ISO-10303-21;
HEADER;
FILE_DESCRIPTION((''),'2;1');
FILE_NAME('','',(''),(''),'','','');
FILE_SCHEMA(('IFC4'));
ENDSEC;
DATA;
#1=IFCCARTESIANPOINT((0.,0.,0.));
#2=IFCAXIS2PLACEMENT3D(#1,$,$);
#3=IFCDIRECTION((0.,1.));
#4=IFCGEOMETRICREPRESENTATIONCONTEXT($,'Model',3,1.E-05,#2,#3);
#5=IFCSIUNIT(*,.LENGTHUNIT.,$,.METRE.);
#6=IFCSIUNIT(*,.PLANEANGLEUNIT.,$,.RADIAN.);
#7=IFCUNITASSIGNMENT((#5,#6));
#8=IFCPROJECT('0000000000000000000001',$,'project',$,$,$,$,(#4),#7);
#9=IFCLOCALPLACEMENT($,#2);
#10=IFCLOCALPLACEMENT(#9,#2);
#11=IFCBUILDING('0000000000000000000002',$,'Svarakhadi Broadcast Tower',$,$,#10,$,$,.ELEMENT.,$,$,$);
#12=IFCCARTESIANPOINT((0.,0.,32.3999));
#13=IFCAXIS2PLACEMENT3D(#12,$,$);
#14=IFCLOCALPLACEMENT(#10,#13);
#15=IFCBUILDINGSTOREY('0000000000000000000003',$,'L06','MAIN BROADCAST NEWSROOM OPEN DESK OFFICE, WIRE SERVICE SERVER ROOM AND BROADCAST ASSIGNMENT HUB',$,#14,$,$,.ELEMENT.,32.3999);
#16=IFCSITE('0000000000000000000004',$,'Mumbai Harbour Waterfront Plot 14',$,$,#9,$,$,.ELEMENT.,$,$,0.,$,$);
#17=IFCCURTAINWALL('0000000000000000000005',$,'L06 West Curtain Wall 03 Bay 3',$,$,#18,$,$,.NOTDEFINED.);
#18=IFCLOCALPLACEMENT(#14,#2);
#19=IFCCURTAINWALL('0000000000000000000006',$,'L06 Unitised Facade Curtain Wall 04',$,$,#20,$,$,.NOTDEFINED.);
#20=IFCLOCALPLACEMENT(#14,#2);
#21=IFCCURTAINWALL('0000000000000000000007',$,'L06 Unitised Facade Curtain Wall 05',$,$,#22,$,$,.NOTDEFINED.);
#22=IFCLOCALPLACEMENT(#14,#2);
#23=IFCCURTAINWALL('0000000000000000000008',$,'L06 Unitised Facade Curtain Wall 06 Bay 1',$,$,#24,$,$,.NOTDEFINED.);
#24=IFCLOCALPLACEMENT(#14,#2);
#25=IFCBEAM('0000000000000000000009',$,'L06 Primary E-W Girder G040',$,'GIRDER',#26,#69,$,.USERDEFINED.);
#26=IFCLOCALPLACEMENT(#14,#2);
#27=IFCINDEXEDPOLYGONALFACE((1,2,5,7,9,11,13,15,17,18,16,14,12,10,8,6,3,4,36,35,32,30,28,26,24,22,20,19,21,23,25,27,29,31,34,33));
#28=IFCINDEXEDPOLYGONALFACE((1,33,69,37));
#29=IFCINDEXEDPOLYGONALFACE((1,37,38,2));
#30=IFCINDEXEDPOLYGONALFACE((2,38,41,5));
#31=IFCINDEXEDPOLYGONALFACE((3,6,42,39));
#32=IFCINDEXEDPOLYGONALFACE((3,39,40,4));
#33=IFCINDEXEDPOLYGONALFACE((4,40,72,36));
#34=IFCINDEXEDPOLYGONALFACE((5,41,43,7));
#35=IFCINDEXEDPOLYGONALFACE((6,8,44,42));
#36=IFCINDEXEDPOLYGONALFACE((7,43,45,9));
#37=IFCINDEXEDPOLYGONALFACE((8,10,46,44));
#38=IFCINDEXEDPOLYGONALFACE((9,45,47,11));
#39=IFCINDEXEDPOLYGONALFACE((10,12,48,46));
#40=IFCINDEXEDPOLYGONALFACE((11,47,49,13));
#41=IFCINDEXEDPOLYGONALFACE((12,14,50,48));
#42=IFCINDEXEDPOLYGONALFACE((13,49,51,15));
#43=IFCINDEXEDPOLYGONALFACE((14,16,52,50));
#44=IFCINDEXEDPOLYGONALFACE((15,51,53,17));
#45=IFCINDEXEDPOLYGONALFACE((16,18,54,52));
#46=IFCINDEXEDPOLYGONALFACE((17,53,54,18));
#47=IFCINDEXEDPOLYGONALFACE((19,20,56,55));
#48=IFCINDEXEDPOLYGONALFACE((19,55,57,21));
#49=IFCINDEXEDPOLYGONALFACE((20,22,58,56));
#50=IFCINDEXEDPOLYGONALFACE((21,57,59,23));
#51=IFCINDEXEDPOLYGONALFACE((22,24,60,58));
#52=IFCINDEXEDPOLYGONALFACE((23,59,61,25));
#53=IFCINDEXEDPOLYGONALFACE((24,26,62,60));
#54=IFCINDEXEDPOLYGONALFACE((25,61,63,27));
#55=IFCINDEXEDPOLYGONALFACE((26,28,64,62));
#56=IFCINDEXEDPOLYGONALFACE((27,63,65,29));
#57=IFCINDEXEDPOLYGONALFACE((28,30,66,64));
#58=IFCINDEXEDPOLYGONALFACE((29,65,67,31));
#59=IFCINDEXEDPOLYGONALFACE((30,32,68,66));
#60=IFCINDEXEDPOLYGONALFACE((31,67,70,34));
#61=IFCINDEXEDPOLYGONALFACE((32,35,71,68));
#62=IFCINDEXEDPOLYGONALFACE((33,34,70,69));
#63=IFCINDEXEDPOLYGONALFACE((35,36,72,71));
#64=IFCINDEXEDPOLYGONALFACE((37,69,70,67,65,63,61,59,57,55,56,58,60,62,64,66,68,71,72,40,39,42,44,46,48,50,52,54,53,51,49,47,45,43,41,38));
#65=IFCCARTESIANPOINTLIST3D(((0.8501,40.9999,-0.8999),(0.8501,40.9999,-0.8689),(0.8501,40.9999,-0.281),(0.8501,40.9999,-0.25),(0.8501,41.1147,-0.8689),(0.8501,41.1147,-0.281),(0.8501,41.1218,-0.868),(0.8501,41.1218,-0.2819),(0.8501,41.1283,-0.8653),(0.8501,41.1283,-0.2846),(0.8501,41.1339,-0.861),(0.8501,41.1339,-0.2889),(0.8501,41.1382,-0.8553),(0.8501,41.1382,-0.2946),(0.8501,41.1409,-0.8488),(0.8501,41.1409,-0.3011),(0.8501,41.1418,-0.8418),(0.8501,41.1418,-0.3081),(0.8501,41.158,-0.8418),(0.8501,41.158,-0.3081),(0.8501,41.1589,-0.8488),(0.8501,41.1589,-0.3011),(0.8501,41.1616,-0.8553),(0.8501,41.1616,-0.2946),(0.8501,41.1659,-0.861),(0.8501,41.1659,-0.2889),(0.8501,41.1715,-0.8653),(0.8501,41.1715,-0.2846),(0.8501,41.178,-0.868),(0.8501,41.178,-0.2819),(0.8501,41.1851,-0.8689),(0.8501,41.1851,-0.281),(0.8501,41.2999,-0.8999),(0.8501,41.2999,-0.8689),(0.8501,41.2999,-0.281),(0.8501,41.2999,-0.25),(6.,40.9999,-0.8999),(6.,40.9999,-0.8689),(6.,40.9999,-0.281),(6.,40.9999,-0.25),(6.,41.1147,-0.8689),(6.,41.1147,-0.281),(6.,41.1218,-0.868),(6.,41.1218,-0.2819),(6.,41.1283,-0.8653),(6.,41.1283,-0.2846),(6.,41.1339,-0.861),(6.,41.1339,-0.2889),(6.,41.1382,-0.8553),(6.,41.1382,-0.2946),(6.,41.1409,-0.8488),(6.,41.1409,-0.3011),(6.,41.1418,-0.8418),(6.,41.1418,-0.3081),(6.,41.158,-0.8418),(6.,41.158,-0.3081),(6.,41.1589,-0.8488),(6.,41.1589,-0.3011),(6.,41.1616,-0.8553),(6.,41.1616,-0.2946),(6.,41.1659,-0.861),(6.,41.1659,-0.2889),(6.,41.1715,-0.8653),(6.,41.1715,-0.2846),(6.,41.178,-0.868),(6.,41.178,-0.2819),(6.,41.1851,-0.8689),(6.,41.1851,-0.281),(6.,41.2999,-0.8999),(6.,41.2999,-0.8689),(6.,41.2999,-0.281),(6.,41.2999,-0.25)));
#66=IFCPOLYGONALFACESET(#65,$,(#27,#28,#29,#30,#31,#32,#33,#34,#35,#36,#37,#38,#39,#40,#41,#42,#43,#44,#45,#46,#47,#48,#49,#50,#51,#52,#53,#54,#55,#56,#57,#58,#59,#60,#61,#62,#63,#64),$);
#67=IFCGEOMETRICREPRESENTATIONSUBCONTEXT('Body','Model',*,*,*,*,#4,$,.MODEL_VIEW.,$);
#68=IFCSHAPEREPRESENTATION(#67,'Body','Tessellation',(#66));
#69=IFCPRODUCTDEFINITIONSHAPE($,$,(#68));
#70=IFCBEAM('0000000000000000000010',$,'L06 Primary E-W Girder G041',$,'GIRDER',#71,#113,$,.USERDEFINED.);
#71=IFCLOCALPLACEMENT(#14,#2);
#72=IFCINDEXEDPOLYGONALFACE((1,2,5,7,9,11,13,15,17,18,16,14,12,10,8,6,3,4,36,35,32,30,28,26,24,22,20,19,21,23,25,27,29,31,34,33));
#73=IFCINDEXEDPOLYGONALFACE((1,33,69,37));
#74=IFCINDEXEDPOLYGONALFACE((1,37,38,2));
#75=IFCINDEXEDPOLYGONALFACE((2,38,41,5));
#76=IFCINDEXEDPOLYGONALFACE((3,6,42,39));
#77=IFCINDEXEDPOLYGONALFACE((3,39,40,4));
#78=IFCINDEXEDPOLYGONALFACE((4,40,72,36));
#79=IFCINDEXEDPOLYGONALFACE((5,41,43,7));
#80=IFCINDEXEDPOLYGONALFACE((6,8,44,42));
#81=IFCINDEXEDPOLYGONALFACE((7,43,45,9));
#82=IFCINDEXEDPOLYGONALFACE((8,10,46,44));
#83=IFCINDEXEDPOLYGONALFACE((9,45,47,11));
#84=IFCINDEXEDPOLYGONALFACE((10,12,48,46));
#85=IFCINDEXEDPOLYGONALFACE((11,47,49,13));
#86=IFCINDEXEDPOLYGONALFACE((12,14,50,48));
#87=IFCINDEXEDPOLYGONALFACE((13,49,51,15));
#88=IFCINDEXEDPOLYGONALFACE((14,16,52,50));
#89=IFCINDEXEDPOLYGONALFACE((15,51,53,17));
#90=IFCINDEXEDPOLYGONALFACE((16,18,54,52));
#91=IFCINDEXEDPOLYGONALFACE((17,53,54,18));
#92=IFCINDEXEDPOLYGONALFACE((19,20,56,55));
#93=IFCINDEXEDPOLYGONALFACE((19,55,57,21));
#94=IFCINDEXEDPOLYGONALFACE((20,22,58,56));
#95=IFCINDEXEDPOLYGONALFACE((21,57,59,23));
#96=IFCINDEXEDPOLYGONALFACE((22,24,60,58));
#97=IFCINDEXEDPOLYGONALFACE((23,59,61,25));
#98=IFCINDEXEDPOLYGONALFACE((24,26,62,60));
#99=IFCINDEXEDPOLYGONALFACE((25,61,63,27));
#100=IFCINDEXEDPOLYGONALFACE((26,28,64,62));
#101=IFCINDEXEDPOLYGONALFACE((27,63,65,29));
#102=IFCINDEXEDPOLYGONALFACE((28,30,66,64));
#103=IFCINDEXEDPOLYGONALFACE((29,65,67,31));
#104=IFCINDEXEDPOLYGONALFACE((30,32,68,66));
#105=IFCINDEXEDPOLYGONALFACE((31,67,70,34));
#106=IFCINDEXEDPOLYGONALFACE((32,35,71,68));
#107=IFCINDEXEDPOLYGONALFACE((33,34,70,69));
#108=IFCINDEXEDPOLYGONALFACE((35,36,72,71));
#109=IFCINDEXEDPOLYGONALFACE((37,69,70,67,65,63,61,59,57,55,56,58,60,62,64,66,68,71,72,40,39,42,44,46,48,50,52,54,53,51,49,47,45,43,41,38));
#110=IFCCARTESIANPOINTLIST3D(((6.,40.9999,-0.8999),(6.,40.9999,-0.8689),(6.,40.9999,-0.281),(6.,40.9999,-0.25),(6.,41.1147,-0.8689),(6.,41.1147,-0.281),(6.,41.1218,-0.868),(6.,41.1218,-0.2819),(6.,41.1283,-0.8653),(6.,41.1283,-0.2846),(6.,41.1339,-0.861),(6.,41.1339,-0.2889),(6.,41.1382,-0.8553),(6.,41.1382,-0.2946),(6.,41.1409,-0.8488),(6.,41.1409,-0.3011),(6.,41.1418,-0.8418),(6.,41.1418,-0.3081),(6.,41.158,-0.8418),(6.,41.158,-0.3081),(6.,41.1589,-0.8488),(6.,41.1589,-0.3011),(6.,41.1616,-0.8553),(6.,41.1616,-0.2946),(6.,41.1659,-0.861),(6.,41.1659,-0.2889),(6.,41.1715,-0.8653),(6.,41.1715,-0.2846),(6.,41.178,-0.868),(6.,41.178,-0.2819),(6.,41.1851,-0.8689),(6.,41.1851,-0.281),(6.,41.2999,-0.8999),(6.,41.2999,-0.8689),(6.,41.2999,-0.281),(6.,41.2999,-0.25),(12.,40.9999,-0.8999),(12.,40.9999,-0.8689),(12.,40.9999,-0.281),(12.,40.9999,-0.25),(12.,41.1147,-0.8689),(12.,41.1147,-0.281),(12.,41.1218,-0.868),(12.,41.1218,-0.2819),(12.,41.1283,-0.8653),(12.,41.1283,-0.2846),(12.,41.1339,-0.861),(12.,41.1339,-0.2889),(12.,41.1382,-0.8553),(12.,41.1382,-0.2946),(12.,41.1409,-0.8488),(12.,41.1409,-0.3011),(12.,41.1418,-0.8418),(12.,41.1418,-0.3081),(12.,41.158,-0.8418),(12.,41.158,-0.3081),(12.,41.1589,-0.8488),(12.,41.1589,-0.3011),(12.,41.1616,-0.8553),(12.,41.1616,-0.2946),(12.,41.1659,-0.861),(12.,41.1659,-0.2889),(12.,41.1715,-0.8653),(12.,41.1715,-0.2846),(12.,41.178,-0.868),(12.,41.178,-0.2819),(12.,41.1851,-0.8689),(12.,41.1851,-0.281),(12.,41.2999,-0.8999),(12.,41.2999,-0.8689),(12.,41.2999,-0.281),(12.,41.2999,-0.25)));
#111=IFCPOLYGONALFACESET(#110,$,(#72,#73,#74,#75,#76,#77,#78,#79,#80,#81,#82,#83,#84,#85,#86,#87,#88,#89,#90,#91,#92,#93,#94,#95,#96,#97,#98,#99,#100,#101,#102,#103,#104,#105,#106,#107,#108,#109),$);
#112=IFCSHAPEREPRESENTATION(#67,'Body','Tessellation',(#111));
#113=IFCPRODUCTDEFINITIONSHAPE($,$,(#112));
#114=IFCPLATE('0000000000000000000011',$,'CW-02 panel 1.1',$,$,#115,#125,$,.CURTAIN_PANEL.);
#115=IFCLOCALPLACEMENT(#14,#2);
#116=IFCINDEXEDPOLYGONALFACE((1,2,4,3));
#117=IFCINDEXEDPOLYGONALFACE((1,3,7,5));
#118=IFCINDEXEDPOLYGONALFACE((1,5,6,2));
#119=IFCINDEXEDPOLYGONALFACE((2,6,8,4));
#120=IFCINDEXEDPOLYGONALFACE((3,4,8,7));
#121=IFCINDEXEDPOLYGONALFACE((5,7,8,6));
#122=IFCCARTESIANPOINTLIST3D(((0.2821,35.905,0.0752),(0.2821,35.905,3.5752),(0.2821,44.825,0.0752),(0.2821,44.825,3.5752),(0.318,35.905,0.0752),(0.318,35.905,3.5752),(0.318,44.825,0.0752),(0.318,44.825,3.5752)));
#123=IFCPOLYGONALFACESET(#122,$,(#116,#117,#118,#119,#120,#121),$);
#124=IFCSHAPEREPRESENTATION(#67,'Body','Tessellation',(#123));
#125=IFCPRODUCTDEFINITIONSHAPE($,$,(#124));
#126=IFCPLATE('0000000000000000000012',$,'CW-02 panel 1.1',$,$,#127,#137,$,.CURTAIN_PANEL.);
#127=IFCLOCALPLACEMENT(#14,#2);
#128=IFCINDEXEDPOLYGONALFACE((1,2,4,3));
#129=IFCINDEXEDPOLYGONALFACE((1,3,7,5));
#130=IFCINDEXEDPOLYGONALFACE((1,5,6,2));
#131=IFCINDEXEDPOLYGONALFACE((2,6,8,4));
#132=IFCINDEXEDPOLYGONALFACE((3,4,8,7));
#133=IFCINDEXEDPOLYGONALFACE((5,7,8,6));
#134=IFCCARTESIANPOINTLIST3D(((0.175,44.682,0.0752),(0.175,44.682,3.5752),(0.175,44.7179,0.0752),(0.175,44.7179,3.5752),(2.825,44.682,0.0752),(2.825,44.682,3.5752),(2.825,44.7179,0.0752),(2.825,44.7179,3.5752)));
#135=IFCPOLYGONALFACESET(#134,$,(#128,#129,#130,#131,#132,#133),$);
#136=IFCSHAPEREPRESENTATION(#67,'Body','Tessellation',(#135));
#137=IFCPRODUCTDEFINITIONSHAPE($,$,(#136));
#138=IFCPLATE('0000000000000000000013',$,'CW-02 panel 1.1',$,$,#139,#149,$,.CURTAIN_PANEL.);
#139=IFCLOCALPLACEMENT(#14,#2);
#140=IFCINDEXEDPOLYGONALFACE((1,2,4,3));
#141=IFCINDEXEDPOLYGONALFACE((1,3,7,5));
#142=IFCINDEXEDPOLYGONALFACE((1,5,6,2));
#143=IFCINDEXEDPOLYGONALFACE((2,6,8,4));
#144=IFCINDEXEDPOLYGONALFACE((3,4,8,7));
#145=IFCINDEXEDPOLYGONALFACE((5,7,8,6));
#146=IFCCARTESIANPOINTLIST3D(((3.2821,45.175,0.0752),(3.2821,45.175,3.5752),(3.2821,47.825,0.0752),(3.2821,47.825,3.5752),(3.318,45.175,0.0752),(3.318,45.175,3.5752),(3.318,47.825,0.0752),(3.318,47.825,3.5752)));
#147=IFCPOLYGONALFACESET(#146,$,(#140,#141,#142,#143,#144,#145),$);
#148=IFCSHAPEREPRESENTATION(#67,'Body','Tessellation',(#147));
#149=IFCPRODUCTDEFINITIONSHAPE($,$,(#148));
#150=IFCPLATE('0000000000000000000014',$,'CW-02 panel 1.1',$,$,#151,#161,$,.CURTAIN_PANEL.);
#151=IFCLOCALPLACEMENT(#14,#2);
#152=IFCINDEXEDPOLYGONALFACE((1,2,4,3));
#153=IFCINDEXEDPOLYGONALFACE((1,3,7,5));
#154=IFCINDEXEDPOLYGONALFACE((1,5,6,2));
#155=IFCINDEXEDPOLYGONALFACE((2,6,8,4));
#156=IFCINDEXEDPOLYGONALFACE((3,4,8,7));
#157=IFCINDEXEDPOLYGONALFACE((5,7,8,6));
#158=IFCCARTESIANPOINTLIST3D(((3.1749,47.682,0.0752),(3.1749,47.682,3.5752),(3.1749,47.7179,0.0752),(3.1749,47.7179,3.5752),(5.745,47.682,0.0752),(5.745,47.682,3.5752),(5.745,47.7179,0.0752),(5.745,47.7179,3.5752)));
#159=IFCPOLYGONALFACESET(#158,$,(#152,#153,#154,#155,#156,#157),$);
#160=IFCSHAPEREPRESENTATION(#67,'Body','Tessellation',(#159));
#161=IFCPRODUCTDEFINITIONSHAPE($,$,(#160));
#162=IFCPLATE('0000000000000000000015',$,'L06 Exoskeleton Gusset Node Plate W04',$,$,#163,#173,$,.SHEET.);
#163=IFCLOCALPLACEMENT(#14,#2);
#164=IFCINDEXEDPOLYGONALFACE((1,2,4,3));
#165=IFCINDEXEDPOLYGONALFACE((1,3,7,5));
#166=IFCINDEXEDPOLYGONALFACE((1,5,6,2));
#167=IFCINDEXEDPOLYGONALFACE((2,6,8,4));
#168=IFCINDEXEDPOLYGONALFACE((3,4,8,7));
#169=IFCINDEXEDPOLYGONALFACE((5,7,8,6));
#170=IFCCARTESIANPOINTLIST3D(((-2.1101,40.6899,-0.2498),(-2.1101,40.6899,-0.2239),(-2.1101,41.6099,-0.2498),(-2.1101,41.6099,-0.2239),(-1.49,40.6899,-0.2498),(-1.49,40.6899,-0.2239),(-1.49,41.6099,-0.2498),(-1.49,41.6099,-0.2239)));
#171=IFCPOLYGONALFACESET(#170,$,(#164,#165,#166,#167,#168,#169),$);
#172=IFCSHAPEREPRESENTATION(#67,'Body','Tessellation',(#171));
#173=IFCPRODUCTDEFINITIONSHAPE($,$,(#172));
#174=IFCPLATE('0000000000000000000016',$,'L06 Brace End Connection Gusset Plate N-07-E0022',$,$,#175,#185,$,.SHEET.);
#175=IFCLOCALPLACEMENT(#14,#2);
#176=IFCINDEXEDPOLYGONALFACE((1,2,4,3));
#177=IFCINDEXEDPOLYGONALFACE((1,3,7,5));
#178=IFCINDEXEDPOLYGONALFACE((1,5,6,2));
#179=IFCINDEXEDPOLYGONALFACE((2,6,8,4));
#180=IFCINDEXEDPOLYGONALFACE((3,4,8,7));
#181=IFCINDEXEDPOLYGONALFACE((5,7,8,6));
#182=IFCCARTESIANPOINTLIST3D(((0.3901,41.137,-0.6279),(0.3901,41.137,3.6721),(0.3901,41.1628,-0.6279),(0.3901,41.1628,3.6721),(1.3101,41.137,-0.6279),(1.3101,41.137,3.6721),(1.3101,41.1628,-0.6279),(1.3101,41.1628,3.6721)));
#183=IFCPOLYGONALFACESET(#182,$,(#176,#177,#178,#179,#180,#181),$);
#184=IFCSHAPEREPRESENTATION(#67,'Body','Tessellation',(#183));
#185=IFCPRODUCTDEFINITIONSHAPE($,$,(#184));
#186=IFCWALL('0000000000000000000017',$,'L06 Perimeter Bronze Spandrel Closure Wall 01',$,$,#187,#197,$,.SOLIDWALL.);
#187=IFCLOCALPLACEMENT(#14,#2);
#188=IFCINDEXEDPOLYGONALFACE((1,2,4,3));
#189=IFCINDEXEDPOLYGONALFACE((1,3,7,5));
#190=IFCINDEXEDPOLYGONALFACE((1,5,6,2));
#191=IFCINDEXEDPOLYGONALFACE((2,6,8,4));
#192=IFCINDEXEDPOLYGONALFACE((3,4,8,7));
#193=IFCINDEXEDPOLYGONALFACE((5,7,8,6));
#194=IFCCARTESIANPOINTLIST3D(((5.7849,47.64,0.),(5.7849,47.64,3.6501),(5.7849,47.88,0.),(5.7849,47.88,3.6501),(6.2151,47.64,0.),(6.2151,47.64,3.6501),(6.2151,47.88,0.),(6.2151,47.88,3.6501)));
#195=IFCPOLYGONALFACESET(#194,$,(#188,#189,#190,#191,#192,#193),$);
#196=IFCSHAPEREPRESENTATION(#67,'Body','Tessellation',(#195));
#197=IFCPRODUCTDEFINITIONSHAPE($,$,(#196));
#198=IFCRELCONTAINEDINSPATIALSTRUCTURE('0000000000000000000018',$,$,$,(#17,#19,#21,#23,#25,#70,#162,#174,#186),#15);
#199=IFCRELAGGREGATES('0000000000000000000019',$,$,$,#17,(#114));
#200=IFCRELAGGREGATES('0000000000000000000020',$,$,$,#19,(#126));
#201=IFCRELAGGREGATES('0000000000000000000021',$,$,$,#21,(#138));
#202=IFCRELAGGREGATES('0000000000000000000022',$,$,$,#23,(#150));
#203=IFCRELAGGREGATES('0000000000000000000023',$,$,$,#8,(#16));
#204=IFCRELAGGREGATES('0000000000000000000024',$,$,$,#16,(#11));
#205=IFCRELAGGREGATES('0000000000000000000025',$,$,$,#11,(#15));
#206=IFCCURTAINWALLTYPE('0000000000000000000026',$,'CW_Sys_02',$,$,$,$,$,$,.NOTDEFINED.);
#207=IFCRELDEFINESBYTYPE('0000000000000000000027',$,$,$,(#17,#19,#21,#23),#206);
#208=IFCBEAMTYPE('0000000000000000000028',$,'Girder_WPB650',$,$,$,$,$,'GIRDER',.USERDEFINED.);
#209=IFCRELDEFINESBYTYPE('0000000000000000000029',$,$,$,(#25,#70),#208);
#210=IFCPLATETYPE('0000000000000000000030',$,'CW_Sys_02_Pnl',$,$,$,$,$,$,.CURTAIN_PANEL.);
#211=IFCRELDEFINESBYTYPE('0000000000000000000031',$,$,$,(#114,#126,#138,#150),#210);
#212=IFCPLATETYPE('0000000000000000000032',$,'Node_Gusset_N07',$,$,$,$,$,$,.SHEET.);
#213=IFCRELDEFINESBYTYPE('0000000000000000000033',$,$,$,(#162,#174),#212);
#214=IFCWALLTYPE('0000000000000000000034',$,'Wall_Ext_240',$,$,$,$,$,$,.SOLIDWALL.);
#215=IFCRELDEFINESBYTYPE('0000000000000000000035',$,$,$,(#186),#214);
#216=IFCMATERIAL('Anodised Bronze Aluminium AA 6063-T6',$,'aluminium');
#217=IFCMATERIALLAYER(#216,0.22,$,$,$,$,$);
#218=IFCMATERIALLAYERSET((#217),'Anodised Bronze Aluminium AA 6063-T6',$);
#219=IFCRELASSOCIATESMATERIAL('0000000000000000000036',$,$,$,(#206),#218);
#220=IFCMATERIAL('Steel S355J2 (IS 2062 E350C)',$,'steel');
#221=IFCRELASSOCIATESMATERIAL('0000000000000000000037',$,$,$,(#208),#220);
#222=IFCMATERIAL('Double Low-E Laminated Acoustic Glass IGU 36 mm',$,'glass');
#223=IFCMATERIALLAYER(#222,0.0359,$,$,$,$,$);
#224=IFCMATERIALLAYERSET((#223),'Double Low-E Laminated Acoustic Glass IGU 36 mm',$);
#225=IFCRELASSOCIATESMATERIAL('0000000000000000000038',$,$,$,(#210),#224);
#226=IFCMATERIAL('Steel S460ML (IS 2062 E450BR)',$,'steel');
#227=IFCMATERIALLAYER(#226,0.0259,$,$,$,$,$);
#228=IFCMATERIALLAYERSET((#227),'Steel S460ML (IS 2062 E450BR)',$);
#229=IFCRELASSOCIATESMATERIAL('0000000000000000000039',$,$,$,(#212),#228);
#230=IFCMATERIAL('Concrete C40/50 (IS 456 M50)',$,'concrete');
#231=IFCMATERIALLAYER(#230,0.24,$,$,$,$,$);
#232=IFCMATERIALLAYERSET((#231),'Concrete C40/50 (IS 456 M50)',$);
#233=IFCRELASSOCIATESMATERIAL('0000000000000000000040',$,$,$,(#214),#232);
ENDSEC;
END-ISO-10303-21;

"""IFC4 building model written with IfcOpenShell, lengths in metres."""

from ifc_helpers import new_model, si_unit, direction, frame, frame_2d, origin, origin_2d, place, context, subcontext, project, spatial, rectangle, i_section, extrude, material, layer, layer_set, material_profile, profile_set, type_object, element, aggregate, save


model = new_model("IFC4")

# Units and contexts
model_context = context("Model", 3, precision=1e-05, world=origin(), true_north=direction((0.0, 1.0)))
body_context = subcontext(model_context, "Body", "Model", "MODEL_VIEW")
ifc_project = project(units=[si_unit("LENGTHUNIT", "METRE"), si_unit("PLANEANGLEUNIT", "RADIAN")], contexts=[model_context])

# Site, building, storey
site_placement = place(None, origin())
site = spatial("IfcSite", under=ifc_project, at=site_placement, Name="Mumbai Harbour Waterfront Plot 14", CompositionType="ELEMENT", RefElevation=0.0)
building_placement = place(site_placement, origin())
building = spatial("IfcBuilding", under=site, at=building_placement, Name="Svarakhadi Broadcast Tower", CompositionType="ELEMENT")
storey_placement = place(building_placement, frame((0.0, 0.0, 32.3999)))
storey = spatial("IfcBuildingStorey", under=building, at=storey_placement, Name="L06", Description="MAIN BROADCAST NEWSROOM OPEN DESK OFFICE, WIRE SERVICE SERVER ROOM AND BROADCAST ASSIGNMENT HUB", CompositionType="ELEMENT", Elevation=32.3999)

# Shared definitions
ifc_material_1 = material(Name="Steel S460ML (IS 2062 E450BR)", Category="steel")

# Shared definitions
ifc_material_2 = material(Name="Steel S355J2 (IS 2062 E350C)", Category="steel")

# Curtain walls
ifc_material_3 = material(Name="Anodised Bronze Aluminium AA 6063-T6", Category="aluminium")
ifc_layer_1 = layer(ifc_material_3, 0.22)
ifc_layer_set_1 = layer_set([ifc_layer_1], Name="Anodised Bronze Aluminium AA 6063-T6")
curtain_wall_type = type_object("IfcCurtainWallType", Name="CW_Sys_02", PredefinedType="NOTDEFINED", material=ifc_layer_set_1)
curtain_wall_1_placement = place(storey_placement, origin())
curtain_wall_1 = element("IfcCurtainWall", 1, at=curtain_wall_1_placement, inside=storey, type_object=curtain_wall_type, Name="L06 West Curtain Wall 03 Bay 3", PredefinedType="NOTDEFINED")
curtain_wall_2_placement = place(storey_placement, origin())
curtain_wall_2 = element("IfcCurtainWall", 2, at=curtain_wall_2_placement, inside=storey, type_object=curtain_wall_type, Name="L06 Unitised Facade Curtain Wall 04", PredefinedType="NOTDEFINED")
curtain_wall_3_placement = place(storey_placement, origin())
curtain_wall_3 = element("IfcCurtainWall", 3, at=curtain_wall_3_placement, inside=storey, type_object=curtain_wall_type, Name="L06 Unitised Facade Curtain Wall 05", PredefinedType="NOTDEFINED")
curtain_wall_4_placement = place(storey_placement, origin())
curtain_wall_4 = element("IfcCurtainWall", 4, at=curtain_wall_4_placement, inside=storey, type_object=curtain_wall_type, Name="L06 Unitised Facade Curtain Wall 06 Bay 1", PredefinedType="NOTDEFINED")

# Beams
ifc_material_profile_1 = material_profile(ifc_material_2, i_section(OverallWidth=0.3, OverallDepth=0.6499, WebThickness=0.0161, FlangeThickness=0.031, FilletRadius=0.0271, at=origin_2d()), Name="WPB 650x300x225")
ifc_profile_set_1 = profile_set([ifc_material_profile_1], Name="Steel S355J2 (IS 2062 E350C)")
beam_type_1 = type_object("IfcBeamType", Name="Girder_WPB650", ElementType="GIRDER", PredefinedType="USERDEFINED", material=ifc_profile_set_1)
beam_1_placement = place(storey_placement, frame((0.8501, 41.1499, -0.575), z_axis=(1.0, 0.0, 0.0), x_axis=(0.0, 1.0, 0.0)))
element("IfcBeam", 5, at=beam_1_placement, inside=storey, type_object=beam_type_1, Name="L06 Primary E-W Girder G040", ObjectType="GIRDER", PredefinedType="USERDEFINED", context=body_context, shape_type="SweptSolid", body=[
    extrude(i_section(OverallWidth=0.3, OverallDepth=0.6499, WebThickness=0.0161, FlangeThickness=0.031, FilletRadius=0.0271, at=origin_2d()), origin(), (0.0, 0.0, 1.0), 5.1499),
])
beam_2_placement = place(storey_placement, frame((6.0, 41.1499, -0.575), z_axis=(1.0, 0.0, 0.0), x_axis=(0.0, 1.0, 0.0)))
element("IfcBeam", 6, at=beam_2_placement, inside=storey, type_object=beam_type_1, Name="L06 Primary E-W Girder G041", ObjectType="GIRDER", PredefinedType="USERDEFINED", context=body_context, shape_type="SweptSolid", body=[
    extrude(i_section(OverallWidth=0.3, OverallDepth=0.6499, WebThickness=0.0161, FlangeThickness=0.031, FilletRadius=0.0271, at=origin_2d()), origin(), (0.0, 0.0, 1.0), 6.0),
])

# Plates
ifc_material_4 = material(Name="Double Low-E Laminated Acoustic Glass IGU 36 mm", Category="glass")
ifc_layer_2 = layer(ifc_material_4, 0.0359)
ifc_layer_set_2 = layer_set([ifc_layer_2], Name="Double Low-E Laminated Acoustic Glass IGU 36 mm")
plate_type_1 = type_object("IfcPlateType", Name="CW_Sys_02_Pnl", PredefinedType="CURTAIN_PANEL", material=ifc_layer_set_2)
plate_1_placement = place(storey_placement, frame((0.3, 40.365, 0.0752), z_axis=(0.0, 0.0, 1.0), x_axis=(0.0, 1.0, 0.0)))
plate_1 = element("IfcPlate", 7, at=plate_1_placement, type_object=plate_type_1, Name="CW-02 panel 1.1", PredefinedType="CURTAIN_PANEL", context=body_context, shape_type="SweptSolid", body=[
    extrude(rectangle(XDim=8.9199, YDim=0.0359, at=origin_2d()), origin(), (0.0, 0.0, 1.0), 3.5),
])
aggregate(curtain_wall_1, [plate_1])
plate_2_placement = place(storey_placement, frame((1.5, 44.7, 0.0752), z_axis=(0.0, 0.0, 1.0), x_axis=(1.0, 0.0, 0.0)))
plate_2 = element("IfcPlate", 8, at=plate_2_placement, type_object=plate_type_1, Name="CW-02 panel 1.1", PredefinedType="CURTAIN_PANEL", context=body_context, shape_type="SweptSolid", body=[
    extrude(rectangle(XDim=2.6499, YDim=0.0359, at=origin_2d()), origin(), (0.0, 0.0, 1.0), 3.5),
])
aggregate(curtain_wall_2, [plate_2])
plate_3_placement = place(storey_placement, frame((3.3, 46.5, 0.0752), z_axis=(0.0, 0.0, 1.0), x_axis=(0.0, 1.0, 0.0)))
plate_3 = element("IfcPlate", 9, at=plate_3_placement, type_object=plate_type_1, Name="CW-02 panel 1.1", PredefinedType="CURTAIN_PANEL", context=body_context, shape_type="SweptSolid", body=[
    extrude(rectangle(XDim=2.6499, YDim=0.0359, at=origin_2d()), origin(), (0.0, 0.0, 1.0), 3.5),
])
aggregate(curtain_wall_3, [plate_3])
plate_4_placement = place(storey_placement, frame((4.46, 47.7, 0.0752), z_axis=(0.0, 0.0, 1.0), x_axis=(1.0, 0.0, 0.0)))
plate_4 = element("IfcPlate", 10, at=plate_4_placement, type_object=plate_type_1, Name="CW-02 panel 1.1", PredefinedType="CURTAIN_PANEL", context=body_context, shape_type="SweptSolid", body=[
    extrude(rectangle(XDim=2.5701, YDim=0.0359, at=origin_2d()), origin(), (0.0, 0.0, 1.0), 3.5),
])
aggregate(curtain_wall_4, [plate_4])

# Plates
ifc_layer_3 = layer(ifc_material_1, 0.0259)
ifc_layer_set_3 = layer_set([ifc_layer_3], Name="Steel S460ML (IS 2062 E450BR)")
plate_type_2 = type_object("IfcPlateType", Name="Node_Gusset_N07", PredefinedType="SHEET", material=ifc_layer_set_3)
plate_5_placement = place(storey_placement, frame((-1.8, 41.1499, -0.2498), z_axis=(0.0, 0.0, 1.0), x_axis=(0.0, 1.0, 0.0)))
element("IfcPlate", 11, at=plate_5_placement, inside=storey, type_object=plate_type_2, Name="L06 Exoskeleton Gusset Node Plate W04", PredefinedType="SHEET", context=body_context, shape_type="SweptSolid", body=[
    extrude(rectangle(XDim=0.9199, YDim=0.6201, at=origin_2d()), origin(), (0.0, 0.0, 1.0), 0.0259),
])
plate_6_placement = place(storey_placement, frame((0.8501, 41.1499, -0.6279), z_axis=(0.0, 0.0, 1.0), x_axis=(1.0, 0.0, 0.0)))
element("IfcPlate", 12, at=plate_6_placement, inside=storey, type_object=plate_type_2, Name="L06 Brace End Connection Gusset Plate N-07-E0022", PredefinedType="SHEET", context=body_context, shape_type="SweptSolid", body=[
    extrude(rectangle(XDim=0.9199, YDim=0.0259, at=origin_2d()), origin(), (0.0, 0.0, 1.0), 4.3),
])

# Wall
ifc_material_5 = material(Name="Concrete C40/50 (IS 456 M50)", Category="concrete")
ifc_layer_4 = layer(ifc_material_5, 0.24)
ifc_layer_set_4 = layer_set([ifc_layer_4], Name="Concrete C40/50 (IS 456 M50)")
wall_type_1 = type_object("IfcWallType", Name="Wall_Ext_240", PredefinedType="SOLIDWALL", material=ifc_layer_set_4)
wall_1_placement = place(storey_placement, frame((5.7849, 47.76, 0.0), z_axis=(0.0, 0.0, 1.0), x_axis=(1.0, 0.0, 0.0)))
element("IfcWall", 13, at=wall_1_placement, inside=storey, type_object=wall_type_1, Name="L06 Perimeter Bronze Spandrel Closure Wall 01", PredefinedType="SOLIDWALL", context=body_context, shape_type="SweptSolid", body=[
    extrude(rectangle(XDim=0.4302, YDim=0.24, at=frame_2d((0.2151, 0.0))), origin(), (0.0, 0.0, 1.0), 3.6501),
])

save(model, "model.ifc")
